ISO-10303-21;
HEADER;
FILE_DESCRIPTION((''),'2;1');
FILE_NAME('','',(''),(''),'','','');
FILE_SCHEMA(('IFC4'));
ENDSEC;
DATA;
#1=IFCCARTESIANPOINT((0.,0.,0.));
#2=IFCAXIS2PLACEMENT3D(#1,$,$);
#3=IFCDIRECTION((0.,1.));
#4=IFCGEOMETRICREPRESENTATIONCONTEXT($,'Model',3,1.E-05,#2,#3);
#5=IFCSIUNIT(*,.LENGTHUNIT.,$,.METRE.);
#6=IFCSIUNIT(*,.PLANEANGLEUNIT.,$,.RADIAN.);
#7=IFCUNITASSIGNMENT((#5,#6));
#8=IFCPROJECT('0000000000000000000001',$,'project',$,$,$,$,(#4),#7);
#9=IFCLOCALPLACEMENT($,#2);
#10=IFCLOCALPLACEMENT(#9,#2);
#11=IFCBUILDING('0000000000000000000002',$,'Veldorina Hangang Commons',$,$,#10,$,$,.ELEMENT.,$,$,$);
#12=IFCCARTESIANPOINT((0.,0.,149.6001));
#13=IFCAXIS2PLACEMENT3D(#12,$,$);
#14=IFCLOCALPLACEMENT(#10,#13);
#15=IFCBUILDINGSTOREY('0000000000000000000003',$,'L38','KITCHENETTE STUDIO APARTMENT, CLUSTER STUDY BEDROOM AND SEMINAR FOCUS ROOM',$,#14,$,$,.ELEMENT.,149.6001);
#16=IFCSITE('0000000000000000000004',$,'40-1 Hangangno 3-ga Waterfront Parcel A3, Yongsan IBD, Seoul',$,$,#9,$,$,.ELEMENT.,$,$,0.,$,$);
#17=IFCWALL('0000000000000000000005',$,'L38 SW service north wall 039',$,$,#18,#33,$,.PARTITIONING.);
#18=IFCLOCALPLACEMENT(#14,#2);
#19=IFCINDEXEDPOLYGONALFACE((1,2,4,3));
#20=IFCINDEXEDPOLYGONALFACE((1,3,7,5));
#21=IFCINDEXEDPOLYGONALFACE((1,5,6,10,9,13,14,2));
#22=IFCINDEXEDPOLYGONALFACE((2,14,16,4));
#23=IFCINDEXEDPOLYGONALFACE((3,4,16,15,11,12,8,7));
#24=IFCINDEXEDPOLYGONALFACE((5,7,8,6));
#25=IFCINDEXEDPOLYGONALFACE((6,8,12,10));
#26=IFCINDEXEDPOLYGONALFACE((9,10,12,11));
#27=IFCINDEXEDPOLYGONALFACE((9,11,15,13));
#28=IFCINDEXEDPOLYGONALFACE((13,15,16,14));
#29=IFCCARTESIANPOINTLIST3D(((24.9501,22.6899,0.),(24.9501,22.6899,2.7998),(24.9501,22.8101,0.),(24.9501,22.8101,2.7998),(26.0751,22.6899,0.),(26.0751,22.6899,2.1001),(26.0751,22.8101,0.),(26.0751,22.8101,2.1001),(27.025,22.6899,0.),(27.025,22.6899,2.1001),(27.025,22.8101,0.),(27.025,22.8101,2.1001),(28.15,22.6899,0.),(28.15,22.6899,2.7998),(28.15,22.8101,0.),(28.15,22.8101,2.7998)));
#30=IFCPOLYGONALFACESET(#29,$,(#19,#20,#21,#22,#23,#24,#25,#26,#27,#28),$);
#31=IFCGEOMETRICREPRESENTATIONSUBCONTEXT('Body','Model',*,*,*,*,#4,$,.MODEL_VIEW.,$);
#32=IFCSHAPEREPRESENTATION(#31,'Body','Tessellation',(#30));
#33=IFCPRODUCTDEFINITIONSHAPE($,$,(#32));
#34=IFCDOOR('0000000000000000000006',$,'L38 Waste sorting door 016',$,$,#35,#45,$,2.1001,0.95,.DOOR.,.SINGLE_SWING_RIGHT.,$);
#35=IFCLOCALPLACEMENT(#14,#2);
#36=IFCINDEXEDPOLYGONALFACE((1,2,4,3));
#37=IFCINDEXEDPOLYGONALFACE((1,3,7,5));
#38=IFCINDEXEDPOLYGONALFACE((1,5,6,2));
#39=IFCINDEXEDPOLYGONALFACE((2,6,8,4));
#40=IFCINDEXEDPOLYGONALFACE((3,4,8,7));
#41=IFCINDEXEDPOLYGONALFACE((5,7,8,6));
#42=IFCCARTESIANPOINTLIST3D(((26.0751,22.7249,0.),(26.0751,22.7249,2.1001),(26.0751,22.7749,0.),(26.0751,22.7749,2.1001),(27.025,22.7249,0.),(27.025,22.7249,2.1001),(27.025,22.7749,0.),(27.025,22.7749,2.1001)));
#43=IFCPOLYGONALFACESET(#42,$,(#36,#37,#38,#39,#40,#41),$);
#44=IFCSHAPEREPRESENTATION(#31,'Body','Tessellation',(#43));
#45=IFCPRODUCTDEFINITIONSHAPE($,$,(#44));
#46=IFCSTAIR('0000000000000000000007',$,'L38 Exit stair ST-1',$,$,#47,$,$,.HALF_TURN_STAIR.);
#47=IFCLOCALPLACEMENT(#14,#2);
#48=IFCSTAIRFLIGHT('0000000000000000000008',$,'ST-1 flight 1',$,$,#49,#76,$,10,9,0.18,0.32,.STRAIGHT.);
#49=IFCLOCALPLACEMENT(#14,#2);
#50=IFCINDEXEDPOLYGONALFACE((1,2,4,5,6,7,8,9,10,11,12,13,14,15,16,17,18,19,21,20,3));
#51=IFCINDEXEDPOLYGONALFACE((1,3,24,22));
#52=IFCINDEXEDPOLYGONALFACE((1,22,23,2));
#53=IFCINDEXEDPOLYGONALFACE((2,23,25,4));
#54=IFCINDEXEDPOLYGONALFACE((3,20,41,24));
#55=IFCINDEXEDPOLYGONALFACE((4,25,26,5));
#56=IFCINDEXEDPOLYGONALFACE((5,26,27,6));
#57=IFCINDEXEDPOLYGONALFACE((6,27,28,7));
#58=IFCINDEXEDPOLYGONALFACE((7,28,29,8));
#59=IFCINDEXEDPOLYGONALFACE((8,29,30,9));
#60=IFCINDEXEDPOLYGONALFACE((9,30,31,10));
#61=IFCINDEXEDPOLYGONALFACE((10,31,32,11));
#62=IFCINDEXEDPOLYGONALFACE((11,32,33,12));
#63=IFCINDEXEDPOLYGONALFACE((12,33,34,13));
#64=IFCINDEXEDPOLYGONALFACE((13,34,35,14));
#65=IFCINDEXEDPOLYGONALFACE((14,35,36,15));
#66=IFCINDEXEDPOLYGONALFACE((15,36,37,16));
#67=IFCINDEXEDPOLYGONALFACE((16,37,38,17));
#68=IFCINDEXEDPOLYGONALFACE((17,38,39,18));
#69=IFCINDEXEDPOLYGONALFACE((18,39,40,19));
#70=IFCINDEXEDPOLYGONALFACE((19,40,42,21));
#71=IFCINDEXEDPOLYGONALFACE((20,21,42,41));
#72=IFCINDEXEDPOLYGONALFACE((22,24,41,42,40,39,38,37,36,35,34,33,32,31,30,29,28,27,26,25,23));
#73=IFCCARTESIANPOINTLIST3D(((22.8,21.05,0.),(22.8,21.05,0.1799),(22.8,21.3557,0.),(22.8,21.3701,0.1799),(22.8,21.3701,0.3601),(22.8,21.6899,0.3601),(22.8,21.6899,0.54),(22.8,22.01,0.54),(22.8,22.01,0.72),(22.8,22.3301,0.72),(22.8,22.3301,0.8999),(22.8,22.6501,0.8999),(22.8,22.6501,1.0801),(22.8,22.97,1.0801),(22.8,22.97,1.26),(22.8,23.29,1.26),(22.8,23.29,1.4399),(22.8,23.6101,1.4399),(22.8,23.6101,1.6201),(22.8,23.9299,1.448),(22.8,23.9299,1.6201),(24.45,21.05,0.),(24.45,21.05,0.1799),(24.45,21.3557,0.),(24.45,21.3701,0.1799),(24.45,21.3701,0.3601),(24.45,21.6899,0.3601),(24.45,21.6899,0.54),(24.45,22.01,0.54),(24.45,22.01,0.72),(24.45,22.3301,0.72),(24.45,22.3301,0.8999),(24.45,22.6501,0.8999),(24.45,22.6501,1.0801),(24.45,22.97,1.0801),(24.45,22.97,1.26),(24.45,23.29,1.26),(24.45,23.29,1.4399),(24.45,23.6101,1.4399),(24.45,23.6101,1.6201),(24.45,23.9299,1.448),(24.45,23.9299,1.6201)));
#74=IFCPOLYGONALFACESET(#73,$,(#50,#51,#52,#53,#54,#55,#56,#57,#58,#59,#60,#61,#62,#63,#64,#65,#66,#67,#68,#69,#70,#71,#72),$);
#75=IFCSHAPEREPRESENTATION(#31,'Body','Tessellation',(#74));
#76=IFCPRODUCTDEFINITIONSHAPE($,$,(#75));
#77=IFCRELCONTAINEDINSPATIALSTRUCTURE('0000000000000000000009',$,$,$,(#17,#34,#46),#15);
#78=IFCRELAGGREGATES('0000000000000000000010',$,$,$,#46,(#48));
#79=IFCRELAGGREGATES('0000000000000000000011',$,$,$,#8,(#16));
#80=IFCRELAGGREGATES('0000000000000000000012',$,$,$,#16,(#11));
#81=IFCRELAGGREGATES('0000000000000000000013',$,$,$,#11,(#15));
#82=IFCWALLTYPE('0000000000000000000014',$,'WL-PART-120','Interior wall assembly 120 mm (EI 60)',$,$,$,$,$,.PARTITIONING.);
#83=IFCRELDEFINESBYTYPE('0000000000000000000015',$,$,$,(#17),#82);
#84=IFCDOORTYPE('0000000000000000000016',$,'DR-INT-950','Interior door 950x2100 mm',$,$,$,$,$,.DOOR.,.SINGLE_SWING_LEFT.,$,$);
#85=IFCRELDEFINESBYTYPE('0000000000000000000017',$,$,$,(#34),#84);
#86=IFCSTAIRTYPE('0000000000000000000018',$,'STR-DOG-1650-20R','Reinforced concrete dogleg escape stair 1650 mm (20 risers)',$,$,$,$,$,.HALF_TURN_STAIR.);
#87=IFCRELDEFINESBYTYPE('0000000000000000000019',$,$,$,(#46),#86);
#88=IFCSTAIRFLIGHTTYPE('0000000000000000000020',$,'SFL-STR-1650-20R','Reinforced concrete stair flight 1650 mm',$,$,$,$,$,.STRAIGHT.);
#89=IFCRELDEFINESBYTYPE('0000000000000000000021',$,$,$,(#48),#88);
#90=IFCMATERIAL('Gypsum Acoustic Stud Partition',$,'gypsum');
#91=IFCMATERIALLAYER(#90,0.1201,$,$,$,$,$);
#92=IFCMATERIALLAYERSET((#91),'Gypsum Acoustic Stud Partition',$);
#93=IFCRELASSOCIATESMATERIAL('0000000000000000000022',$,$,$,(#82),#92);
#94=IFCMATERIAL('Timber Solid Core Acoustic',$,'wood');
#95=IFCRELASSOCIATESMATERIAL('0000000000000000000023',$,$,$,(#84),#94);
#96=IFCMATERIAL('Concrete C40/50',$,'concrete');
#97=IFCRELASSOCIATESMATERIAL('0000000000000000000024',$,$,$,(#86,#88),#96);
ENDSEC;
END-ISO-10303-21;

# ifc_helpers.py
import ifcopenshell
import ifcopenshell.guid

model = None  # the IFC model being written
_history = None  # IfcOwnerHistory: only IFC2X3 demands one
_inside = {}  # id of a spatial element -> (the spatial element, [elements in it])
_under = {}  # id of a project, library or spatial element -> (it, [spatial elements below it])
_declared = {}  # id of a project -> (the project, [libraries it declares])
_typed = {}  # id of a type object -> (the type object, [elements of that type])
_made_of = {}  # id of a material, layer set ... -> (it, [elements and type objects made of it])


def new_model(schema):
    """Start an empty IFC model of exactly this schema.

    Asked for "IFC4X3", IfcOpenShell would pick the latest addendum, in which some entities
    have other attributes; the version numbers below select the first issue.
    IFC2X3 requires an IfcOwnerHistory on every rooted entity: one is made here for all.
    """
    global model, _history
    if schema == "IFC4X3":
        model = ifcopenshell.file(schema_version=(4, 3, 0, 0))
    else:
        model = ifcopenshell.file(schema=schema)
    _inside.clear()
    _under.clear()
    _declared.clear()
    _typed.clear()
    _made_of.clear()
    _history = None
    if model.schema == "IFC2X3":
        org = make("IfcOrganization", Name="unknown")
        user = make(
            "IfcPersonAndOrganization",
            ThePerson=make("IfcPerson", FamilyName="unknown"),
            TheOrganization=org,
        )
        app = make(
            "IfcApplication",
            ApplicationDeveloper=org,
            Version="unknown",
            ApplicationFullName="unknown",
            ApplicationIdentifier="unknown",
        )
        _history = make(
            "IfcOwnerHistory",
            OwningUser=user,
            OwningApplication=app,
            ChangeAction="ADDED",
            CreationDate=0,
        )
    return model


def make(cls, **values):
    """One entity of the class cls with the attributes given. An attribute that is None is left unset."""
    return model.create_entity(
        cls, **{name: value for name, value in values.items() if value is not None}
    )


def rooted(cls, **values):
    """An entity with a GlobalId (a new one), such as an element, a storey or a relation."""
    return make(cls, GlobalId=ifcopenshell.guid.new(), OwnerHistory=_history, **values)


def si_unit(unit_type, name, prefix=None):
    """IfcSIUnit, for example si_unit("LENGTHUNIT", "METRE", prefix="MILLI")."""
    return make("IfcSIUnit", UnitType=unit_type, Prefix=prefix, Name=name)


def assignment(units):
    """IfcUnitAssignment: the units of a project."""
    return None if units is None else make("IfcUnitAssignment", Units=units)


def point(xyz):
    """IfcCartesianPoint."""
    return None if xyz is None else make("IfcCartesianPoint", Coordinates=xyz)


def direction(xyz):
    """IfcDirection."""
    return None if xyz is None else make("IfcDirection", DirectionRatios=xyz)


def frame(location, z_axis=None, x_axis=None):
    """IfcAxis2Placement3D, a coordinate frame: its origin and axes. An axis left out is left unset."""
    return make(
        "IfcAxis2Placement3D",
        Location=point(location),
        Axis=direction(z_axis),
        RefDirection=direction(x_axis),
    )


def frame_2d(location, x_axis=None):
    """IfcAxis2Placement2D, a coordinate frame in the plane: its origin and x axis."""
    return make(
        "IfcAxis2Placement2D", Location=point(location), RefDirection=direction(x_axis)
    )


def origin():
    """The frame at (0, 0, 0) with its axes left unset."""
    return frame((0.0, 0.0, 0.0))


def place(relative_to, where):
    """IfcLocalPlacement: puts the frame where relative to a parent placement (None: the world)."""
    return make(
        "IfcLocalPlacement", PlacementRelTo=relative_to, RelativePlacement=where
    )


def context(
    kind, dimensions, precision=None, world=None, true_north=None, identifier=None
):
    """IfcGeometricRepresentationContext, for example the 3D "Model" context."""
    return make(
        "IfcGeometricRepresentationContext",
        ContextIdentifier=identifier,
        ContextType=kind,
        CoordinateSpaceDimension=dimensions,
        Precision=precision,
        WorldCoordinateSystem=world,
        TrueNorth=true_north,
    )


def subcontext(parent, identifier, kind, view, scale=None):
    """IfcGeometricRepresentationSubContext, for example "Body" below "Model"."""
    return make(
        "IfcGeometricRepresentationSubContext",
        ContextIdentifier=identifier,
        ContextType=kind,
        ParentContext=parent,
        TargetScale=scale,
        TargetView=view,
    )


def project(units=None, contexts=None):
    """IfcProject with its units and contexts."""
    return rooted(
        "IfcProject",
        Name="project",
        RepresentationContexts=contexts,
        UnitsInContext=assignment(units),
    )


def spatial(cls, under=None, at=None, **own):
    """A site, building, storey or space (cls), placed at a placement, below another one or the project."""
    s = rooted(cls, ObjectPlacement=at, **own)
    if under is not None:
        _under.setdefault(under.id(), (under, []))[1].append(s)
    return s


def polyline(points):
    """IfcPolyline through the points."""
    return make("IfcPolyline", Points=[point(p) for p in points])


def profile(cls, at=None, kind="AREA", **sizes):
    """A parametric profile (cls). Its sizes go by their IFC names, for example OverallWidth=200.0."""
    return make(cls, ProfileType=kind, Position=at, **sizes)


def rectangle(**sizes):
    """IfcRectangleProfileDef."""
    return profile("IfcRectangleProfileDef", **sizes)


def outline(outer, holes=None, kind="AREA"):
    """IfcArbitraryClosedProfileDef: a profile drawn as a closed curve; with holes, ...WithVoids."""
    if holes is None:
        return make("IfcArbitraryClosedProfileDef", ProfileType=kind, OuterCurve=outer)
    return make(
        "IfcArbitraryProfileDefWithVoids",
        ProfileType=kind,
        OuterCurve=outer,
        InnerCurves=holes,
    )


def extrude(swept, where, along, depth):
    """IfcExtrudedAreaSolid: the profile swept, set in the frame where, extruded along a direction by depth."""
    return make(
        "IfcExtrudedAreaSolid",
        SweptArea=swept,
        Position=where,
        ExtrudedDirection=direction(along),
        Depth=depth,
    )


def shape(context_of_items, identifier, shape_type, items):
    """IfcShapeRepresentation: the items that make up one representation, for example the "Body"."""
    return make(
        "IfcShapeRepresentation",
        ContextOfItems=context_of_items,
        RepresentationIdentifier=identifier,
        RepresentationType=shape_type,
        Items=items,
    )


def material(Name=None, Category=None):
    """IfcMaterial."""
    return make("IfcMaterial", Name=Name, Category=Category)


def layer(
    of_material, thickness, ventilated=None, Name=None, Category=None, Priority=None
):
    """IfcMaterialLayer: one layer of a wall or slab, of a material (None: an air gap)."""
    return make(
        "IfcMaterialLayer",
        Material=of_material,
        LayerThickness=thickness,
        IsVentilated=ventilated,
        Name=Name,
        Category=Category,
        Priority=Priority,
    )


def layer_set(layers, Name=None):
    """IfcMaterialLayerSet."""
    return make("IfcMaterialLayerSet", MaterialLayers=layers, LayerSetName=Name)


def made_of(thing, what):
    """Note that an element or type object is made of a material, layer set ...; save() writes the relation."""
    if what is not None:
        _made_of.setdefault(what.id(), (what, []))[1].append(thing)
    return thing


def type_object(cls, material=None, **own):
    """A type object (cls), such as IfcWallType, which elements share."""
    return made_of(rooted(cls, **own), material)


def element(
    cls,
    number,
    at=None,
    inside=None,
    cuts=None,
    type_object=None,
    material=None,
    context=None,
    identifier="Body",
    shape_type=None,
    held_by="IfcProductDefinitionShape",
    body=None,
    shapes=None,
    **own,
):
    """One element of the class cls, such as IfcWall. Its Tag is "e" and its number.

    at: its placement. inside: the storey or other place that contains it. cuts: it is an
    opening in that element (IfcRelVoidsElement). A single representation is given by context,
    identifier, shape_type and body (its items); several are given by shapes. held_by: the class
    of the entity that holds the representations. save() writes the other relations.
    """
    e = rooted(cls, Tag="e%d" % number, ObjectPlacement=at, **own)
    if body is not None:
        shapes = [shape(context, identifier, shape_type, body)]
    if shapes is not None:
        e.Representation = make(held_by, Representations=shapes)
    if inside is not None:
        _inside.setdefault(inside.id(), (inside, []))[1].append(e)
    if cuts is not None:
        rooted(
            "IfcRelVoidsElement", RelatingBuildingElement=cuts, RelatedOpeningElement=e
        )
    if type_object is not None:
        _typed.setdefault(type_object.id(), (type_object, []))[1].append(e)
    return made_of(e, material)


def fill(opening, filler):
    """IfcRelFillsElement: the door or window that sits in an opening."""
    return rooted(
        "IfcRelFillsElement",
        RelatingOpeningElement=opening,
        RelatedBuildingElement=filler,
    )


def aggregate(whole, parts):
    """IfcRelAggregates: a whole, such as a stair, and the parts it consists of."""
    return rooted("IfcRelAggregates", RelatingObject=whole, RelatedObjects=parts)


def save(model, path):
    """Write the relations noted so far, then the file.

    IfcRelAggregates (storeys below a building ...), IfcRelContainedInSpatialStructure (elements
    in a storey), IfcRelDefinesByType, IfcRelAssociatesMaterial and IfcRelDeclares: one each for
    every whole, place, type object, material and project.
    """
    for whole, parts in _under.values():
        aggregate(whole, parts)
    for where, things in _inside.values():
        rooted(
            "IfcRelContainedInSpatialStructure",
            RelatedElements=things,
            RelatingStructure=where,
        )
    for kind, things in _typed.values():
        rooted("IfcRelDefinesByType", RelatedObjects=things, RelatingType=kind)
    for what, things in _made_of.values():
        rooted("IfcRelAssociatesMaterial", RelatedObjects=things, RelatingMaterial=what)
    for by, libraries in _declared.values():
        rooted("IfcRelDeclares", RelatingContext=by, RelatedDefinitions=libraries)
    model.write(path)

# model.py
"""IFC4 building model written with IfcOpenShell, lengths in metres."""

from ifc_helpers import new_model, si_unit, direction, frame, frame_2d, origin, place, context, subcontext, project, spatial, polyline, rectangle, outline, extrude, material, layer, layer_set, type_object, element, fill, aggregate, save


model = new_model("IFC4")

# Units and contexts
model_context = context("Model", 3, precision=1e-05, world=origin(), true_north=direction((0.0, 1.0)))
body_context = subcontext(model_context, "Body", "Model", "MODEL_VIEW")
ifc_project = project(units=[si_unit("LENGTHUNIT", "METRE"), si_unit("PLANEANGLEUNIT", "RADIAN")], contexts=[model_context])

# Site, building, storey
site_placement = place(None, origin())
site = spatial("IfcSite", under=ifc_project, at=site_placement, Name="40-1 Hangangno 3-ga Waterfront Parcel A3, Yongsan IBD, Seoul", CompositionType="ELEMENT", RefElevation=0.0)
building_placement = place(site_placement, origin())
building = spatial("IfcBuilding", under=site, at=building_placement, Name="Veldorina Hangang Commons", CompositionType="ELEMENT")
storey_placement = place(building_placement, frame((0.0, 0.0, 149.6001)))
storey = spatial("IfcBuildingStorey", under=building, at=storey_placement, Name="L38", Description="KITCHENETTE STUDIO APARTMENT, CLUSTER STUDY BEDROOM AND SEMINAR FOCUS ROOM", CompositionType="ELEMENT", Elevation=149.6001)

# Wall, opening, door
ifc_material_1 = material(Name="Gypsum Acoustic Stud Partition", Category="gypsum")
ifc_layer_1 = layer(ifc_material_1, 0.1201)
ifc_layer_set_1 = layer_set([ifc_layer_1], Name="Gypsum Acoustic Stud Partition")
wall_type_1 = type_object("IfcWallType", Name="WL-PART-120", Description="Interior wall assembly 120 mm (EI 60)", PredefinedType="PARTITIONING", material=ifc_layer_set_1)
wall_1_placement = place(storey_placement, frame((24.95, 22.75, 0.0), z_axis=(0.0, 0.0, 1.0), x_axis=(1.0, 0.0, 0.0)))
wall_1 = element("IfcWall", 1, at=wall_1_placement, inside=storey, type_object=wall_type_1, Name="L38 SW service north wall 039", PredefinedType="PARTITIONING", context=body_context, shape_type="SweptSolid", body=[
    extrude(rectangle(XDim=3.2, YDim=0.1201, at=frame_2d((1.6001, 0.0))), origin(), (0.0, 0.0, 1.0), 2.7998),
])
opening_1_placement = place(wall_1_placement, frame((1.125, 0.0, 0.0)))
opening_1 = element("IfcOpeningElement", 2, at=opening_1_placement, cuts=wall_1, PredefinedType="OPENING", context=body_context, shape_type="SweptSolid", body=[
    extrude(rectangle(XDim=0.95, YDim=2.1001, at=frame_2d((0.4751, 1.05))), frame((0.0, 0.0701, 0.0), z_axis=(0.0, -1.0, 0.0), x_axis=(1.0, 0.0, 0.0)), (0.0, 0.0, 1.0), 0.1401),
])
ifc_material_2 = material(Name="Timber Solid Core Acoustic", Category="wood")
door_type_1 = type_object("IfcDoorType", Name="DR-INT-950", Description="Interior door 950x2100 mm", OperationType="SINGLE_SWING_LEFT", PredefinedType="DOOR", material=ifc_material_2)
door_1_placement = place(opening_1_placement, origin())
door_1 = element("IfcDoor", 3, at=door_1_placement, inside=storey, type_object=door_type_1, Name="L38 Waste sorting door 016", OperationType="SINGLE_SWING_RIGHT", OverallHeight=2.1001, OverallWidth=0.95, PredefinedType="DOOR", context=body_context, shape_type="SweptSolid", body=[
    extrude(rectangle(XDim=0.95, YDim=2.1001, at=frame_2d((0.4751, 1.05))), frame((0.0, 0.0249, 0.0), z_axis=(0.0, -1.0, 0.0), x_axis=(1.0, 0.0, 0.0)), (0.0, 0.0, 1.0), 0.05),
])
fill(opening_1, door_1)

# Stair, stair flight
ifc_material_3 = material(Name="Concrete C40/50", Category="concrete")
stair_type = type_object("IfcStairType", Name="STR-DOG-1650-20R", Description="Reinforced concrete dogleg escape stair 1650 mm (20 risers)", PredefinedType="HALF_TURN_STAIR", material=ifc_material_3)
stair_placement = place(storey_placement, origin())
stair = element("IfcStair", 4, at=stair_placement, inside=storey, type_object=stair_type, Name="L38 Exit stair ST-1", PredefinedType="HALF_TURN_STAIR")
stair_flight_type = type_object("IfcStairFlightType", Name="SFL-STR-1650-20R", Description="Reinforced concrete stair flight 1650 mm", PredefinedType="STRAIGHT", material=ifc_material_3)
stair_flight_placement = place(storey_placement, frame((23.625, 21.05, 0.0), z_axis=(0.0, 0.0, 1.0), x_axis=(0.0, 1.0, 0.0)))
stair_flight = element("IfcStairFlight", 5, at=stair_flight_placement, type_object=stair_flight_type, Name="ST-1 flight 1", NumberOfRisers=10, NumberOfTreads=9, PredefinedType="STRAIGHT", RiserHeight=0.18, TreadLength=0.32, context=body_context, shape_type="SweptSolid", body=[
    extrude(outline(polyline([(0.0, 0.0), (0.0, 0.1799), (0.3201, 0.1799), (0.3201, 0.3601), (0.6399, 0.3601), (0.6399, 0.54), (0.96, 0.54), (0.96, 0.72), (1.28, 0.72), (1.28, 0.8999), (1.6001, 0.8999), (1.6001, 1.0801), (1.9199, 1.0801), (1.9199, 1.26), (2.24, 1.26), (2.24, 1.4399), (2.5601, 1.4399), (2.5601, 1.6201), (2.8799, 1.6201), (2.8799, 1.8), (2.8799, 1.448), (0.3057, 0.0), (0.0, 0.0)])), frame((0.0, 0.825, 0.0), z_axis=(0.0, -1.0, 0.0), x_axis=(1.0, 0.0, 0.0)), (0.0, 0.0, 1.0), 1.6499),
])
aggregate(stair, [stair_flight])

save(model, "model.ifc")
